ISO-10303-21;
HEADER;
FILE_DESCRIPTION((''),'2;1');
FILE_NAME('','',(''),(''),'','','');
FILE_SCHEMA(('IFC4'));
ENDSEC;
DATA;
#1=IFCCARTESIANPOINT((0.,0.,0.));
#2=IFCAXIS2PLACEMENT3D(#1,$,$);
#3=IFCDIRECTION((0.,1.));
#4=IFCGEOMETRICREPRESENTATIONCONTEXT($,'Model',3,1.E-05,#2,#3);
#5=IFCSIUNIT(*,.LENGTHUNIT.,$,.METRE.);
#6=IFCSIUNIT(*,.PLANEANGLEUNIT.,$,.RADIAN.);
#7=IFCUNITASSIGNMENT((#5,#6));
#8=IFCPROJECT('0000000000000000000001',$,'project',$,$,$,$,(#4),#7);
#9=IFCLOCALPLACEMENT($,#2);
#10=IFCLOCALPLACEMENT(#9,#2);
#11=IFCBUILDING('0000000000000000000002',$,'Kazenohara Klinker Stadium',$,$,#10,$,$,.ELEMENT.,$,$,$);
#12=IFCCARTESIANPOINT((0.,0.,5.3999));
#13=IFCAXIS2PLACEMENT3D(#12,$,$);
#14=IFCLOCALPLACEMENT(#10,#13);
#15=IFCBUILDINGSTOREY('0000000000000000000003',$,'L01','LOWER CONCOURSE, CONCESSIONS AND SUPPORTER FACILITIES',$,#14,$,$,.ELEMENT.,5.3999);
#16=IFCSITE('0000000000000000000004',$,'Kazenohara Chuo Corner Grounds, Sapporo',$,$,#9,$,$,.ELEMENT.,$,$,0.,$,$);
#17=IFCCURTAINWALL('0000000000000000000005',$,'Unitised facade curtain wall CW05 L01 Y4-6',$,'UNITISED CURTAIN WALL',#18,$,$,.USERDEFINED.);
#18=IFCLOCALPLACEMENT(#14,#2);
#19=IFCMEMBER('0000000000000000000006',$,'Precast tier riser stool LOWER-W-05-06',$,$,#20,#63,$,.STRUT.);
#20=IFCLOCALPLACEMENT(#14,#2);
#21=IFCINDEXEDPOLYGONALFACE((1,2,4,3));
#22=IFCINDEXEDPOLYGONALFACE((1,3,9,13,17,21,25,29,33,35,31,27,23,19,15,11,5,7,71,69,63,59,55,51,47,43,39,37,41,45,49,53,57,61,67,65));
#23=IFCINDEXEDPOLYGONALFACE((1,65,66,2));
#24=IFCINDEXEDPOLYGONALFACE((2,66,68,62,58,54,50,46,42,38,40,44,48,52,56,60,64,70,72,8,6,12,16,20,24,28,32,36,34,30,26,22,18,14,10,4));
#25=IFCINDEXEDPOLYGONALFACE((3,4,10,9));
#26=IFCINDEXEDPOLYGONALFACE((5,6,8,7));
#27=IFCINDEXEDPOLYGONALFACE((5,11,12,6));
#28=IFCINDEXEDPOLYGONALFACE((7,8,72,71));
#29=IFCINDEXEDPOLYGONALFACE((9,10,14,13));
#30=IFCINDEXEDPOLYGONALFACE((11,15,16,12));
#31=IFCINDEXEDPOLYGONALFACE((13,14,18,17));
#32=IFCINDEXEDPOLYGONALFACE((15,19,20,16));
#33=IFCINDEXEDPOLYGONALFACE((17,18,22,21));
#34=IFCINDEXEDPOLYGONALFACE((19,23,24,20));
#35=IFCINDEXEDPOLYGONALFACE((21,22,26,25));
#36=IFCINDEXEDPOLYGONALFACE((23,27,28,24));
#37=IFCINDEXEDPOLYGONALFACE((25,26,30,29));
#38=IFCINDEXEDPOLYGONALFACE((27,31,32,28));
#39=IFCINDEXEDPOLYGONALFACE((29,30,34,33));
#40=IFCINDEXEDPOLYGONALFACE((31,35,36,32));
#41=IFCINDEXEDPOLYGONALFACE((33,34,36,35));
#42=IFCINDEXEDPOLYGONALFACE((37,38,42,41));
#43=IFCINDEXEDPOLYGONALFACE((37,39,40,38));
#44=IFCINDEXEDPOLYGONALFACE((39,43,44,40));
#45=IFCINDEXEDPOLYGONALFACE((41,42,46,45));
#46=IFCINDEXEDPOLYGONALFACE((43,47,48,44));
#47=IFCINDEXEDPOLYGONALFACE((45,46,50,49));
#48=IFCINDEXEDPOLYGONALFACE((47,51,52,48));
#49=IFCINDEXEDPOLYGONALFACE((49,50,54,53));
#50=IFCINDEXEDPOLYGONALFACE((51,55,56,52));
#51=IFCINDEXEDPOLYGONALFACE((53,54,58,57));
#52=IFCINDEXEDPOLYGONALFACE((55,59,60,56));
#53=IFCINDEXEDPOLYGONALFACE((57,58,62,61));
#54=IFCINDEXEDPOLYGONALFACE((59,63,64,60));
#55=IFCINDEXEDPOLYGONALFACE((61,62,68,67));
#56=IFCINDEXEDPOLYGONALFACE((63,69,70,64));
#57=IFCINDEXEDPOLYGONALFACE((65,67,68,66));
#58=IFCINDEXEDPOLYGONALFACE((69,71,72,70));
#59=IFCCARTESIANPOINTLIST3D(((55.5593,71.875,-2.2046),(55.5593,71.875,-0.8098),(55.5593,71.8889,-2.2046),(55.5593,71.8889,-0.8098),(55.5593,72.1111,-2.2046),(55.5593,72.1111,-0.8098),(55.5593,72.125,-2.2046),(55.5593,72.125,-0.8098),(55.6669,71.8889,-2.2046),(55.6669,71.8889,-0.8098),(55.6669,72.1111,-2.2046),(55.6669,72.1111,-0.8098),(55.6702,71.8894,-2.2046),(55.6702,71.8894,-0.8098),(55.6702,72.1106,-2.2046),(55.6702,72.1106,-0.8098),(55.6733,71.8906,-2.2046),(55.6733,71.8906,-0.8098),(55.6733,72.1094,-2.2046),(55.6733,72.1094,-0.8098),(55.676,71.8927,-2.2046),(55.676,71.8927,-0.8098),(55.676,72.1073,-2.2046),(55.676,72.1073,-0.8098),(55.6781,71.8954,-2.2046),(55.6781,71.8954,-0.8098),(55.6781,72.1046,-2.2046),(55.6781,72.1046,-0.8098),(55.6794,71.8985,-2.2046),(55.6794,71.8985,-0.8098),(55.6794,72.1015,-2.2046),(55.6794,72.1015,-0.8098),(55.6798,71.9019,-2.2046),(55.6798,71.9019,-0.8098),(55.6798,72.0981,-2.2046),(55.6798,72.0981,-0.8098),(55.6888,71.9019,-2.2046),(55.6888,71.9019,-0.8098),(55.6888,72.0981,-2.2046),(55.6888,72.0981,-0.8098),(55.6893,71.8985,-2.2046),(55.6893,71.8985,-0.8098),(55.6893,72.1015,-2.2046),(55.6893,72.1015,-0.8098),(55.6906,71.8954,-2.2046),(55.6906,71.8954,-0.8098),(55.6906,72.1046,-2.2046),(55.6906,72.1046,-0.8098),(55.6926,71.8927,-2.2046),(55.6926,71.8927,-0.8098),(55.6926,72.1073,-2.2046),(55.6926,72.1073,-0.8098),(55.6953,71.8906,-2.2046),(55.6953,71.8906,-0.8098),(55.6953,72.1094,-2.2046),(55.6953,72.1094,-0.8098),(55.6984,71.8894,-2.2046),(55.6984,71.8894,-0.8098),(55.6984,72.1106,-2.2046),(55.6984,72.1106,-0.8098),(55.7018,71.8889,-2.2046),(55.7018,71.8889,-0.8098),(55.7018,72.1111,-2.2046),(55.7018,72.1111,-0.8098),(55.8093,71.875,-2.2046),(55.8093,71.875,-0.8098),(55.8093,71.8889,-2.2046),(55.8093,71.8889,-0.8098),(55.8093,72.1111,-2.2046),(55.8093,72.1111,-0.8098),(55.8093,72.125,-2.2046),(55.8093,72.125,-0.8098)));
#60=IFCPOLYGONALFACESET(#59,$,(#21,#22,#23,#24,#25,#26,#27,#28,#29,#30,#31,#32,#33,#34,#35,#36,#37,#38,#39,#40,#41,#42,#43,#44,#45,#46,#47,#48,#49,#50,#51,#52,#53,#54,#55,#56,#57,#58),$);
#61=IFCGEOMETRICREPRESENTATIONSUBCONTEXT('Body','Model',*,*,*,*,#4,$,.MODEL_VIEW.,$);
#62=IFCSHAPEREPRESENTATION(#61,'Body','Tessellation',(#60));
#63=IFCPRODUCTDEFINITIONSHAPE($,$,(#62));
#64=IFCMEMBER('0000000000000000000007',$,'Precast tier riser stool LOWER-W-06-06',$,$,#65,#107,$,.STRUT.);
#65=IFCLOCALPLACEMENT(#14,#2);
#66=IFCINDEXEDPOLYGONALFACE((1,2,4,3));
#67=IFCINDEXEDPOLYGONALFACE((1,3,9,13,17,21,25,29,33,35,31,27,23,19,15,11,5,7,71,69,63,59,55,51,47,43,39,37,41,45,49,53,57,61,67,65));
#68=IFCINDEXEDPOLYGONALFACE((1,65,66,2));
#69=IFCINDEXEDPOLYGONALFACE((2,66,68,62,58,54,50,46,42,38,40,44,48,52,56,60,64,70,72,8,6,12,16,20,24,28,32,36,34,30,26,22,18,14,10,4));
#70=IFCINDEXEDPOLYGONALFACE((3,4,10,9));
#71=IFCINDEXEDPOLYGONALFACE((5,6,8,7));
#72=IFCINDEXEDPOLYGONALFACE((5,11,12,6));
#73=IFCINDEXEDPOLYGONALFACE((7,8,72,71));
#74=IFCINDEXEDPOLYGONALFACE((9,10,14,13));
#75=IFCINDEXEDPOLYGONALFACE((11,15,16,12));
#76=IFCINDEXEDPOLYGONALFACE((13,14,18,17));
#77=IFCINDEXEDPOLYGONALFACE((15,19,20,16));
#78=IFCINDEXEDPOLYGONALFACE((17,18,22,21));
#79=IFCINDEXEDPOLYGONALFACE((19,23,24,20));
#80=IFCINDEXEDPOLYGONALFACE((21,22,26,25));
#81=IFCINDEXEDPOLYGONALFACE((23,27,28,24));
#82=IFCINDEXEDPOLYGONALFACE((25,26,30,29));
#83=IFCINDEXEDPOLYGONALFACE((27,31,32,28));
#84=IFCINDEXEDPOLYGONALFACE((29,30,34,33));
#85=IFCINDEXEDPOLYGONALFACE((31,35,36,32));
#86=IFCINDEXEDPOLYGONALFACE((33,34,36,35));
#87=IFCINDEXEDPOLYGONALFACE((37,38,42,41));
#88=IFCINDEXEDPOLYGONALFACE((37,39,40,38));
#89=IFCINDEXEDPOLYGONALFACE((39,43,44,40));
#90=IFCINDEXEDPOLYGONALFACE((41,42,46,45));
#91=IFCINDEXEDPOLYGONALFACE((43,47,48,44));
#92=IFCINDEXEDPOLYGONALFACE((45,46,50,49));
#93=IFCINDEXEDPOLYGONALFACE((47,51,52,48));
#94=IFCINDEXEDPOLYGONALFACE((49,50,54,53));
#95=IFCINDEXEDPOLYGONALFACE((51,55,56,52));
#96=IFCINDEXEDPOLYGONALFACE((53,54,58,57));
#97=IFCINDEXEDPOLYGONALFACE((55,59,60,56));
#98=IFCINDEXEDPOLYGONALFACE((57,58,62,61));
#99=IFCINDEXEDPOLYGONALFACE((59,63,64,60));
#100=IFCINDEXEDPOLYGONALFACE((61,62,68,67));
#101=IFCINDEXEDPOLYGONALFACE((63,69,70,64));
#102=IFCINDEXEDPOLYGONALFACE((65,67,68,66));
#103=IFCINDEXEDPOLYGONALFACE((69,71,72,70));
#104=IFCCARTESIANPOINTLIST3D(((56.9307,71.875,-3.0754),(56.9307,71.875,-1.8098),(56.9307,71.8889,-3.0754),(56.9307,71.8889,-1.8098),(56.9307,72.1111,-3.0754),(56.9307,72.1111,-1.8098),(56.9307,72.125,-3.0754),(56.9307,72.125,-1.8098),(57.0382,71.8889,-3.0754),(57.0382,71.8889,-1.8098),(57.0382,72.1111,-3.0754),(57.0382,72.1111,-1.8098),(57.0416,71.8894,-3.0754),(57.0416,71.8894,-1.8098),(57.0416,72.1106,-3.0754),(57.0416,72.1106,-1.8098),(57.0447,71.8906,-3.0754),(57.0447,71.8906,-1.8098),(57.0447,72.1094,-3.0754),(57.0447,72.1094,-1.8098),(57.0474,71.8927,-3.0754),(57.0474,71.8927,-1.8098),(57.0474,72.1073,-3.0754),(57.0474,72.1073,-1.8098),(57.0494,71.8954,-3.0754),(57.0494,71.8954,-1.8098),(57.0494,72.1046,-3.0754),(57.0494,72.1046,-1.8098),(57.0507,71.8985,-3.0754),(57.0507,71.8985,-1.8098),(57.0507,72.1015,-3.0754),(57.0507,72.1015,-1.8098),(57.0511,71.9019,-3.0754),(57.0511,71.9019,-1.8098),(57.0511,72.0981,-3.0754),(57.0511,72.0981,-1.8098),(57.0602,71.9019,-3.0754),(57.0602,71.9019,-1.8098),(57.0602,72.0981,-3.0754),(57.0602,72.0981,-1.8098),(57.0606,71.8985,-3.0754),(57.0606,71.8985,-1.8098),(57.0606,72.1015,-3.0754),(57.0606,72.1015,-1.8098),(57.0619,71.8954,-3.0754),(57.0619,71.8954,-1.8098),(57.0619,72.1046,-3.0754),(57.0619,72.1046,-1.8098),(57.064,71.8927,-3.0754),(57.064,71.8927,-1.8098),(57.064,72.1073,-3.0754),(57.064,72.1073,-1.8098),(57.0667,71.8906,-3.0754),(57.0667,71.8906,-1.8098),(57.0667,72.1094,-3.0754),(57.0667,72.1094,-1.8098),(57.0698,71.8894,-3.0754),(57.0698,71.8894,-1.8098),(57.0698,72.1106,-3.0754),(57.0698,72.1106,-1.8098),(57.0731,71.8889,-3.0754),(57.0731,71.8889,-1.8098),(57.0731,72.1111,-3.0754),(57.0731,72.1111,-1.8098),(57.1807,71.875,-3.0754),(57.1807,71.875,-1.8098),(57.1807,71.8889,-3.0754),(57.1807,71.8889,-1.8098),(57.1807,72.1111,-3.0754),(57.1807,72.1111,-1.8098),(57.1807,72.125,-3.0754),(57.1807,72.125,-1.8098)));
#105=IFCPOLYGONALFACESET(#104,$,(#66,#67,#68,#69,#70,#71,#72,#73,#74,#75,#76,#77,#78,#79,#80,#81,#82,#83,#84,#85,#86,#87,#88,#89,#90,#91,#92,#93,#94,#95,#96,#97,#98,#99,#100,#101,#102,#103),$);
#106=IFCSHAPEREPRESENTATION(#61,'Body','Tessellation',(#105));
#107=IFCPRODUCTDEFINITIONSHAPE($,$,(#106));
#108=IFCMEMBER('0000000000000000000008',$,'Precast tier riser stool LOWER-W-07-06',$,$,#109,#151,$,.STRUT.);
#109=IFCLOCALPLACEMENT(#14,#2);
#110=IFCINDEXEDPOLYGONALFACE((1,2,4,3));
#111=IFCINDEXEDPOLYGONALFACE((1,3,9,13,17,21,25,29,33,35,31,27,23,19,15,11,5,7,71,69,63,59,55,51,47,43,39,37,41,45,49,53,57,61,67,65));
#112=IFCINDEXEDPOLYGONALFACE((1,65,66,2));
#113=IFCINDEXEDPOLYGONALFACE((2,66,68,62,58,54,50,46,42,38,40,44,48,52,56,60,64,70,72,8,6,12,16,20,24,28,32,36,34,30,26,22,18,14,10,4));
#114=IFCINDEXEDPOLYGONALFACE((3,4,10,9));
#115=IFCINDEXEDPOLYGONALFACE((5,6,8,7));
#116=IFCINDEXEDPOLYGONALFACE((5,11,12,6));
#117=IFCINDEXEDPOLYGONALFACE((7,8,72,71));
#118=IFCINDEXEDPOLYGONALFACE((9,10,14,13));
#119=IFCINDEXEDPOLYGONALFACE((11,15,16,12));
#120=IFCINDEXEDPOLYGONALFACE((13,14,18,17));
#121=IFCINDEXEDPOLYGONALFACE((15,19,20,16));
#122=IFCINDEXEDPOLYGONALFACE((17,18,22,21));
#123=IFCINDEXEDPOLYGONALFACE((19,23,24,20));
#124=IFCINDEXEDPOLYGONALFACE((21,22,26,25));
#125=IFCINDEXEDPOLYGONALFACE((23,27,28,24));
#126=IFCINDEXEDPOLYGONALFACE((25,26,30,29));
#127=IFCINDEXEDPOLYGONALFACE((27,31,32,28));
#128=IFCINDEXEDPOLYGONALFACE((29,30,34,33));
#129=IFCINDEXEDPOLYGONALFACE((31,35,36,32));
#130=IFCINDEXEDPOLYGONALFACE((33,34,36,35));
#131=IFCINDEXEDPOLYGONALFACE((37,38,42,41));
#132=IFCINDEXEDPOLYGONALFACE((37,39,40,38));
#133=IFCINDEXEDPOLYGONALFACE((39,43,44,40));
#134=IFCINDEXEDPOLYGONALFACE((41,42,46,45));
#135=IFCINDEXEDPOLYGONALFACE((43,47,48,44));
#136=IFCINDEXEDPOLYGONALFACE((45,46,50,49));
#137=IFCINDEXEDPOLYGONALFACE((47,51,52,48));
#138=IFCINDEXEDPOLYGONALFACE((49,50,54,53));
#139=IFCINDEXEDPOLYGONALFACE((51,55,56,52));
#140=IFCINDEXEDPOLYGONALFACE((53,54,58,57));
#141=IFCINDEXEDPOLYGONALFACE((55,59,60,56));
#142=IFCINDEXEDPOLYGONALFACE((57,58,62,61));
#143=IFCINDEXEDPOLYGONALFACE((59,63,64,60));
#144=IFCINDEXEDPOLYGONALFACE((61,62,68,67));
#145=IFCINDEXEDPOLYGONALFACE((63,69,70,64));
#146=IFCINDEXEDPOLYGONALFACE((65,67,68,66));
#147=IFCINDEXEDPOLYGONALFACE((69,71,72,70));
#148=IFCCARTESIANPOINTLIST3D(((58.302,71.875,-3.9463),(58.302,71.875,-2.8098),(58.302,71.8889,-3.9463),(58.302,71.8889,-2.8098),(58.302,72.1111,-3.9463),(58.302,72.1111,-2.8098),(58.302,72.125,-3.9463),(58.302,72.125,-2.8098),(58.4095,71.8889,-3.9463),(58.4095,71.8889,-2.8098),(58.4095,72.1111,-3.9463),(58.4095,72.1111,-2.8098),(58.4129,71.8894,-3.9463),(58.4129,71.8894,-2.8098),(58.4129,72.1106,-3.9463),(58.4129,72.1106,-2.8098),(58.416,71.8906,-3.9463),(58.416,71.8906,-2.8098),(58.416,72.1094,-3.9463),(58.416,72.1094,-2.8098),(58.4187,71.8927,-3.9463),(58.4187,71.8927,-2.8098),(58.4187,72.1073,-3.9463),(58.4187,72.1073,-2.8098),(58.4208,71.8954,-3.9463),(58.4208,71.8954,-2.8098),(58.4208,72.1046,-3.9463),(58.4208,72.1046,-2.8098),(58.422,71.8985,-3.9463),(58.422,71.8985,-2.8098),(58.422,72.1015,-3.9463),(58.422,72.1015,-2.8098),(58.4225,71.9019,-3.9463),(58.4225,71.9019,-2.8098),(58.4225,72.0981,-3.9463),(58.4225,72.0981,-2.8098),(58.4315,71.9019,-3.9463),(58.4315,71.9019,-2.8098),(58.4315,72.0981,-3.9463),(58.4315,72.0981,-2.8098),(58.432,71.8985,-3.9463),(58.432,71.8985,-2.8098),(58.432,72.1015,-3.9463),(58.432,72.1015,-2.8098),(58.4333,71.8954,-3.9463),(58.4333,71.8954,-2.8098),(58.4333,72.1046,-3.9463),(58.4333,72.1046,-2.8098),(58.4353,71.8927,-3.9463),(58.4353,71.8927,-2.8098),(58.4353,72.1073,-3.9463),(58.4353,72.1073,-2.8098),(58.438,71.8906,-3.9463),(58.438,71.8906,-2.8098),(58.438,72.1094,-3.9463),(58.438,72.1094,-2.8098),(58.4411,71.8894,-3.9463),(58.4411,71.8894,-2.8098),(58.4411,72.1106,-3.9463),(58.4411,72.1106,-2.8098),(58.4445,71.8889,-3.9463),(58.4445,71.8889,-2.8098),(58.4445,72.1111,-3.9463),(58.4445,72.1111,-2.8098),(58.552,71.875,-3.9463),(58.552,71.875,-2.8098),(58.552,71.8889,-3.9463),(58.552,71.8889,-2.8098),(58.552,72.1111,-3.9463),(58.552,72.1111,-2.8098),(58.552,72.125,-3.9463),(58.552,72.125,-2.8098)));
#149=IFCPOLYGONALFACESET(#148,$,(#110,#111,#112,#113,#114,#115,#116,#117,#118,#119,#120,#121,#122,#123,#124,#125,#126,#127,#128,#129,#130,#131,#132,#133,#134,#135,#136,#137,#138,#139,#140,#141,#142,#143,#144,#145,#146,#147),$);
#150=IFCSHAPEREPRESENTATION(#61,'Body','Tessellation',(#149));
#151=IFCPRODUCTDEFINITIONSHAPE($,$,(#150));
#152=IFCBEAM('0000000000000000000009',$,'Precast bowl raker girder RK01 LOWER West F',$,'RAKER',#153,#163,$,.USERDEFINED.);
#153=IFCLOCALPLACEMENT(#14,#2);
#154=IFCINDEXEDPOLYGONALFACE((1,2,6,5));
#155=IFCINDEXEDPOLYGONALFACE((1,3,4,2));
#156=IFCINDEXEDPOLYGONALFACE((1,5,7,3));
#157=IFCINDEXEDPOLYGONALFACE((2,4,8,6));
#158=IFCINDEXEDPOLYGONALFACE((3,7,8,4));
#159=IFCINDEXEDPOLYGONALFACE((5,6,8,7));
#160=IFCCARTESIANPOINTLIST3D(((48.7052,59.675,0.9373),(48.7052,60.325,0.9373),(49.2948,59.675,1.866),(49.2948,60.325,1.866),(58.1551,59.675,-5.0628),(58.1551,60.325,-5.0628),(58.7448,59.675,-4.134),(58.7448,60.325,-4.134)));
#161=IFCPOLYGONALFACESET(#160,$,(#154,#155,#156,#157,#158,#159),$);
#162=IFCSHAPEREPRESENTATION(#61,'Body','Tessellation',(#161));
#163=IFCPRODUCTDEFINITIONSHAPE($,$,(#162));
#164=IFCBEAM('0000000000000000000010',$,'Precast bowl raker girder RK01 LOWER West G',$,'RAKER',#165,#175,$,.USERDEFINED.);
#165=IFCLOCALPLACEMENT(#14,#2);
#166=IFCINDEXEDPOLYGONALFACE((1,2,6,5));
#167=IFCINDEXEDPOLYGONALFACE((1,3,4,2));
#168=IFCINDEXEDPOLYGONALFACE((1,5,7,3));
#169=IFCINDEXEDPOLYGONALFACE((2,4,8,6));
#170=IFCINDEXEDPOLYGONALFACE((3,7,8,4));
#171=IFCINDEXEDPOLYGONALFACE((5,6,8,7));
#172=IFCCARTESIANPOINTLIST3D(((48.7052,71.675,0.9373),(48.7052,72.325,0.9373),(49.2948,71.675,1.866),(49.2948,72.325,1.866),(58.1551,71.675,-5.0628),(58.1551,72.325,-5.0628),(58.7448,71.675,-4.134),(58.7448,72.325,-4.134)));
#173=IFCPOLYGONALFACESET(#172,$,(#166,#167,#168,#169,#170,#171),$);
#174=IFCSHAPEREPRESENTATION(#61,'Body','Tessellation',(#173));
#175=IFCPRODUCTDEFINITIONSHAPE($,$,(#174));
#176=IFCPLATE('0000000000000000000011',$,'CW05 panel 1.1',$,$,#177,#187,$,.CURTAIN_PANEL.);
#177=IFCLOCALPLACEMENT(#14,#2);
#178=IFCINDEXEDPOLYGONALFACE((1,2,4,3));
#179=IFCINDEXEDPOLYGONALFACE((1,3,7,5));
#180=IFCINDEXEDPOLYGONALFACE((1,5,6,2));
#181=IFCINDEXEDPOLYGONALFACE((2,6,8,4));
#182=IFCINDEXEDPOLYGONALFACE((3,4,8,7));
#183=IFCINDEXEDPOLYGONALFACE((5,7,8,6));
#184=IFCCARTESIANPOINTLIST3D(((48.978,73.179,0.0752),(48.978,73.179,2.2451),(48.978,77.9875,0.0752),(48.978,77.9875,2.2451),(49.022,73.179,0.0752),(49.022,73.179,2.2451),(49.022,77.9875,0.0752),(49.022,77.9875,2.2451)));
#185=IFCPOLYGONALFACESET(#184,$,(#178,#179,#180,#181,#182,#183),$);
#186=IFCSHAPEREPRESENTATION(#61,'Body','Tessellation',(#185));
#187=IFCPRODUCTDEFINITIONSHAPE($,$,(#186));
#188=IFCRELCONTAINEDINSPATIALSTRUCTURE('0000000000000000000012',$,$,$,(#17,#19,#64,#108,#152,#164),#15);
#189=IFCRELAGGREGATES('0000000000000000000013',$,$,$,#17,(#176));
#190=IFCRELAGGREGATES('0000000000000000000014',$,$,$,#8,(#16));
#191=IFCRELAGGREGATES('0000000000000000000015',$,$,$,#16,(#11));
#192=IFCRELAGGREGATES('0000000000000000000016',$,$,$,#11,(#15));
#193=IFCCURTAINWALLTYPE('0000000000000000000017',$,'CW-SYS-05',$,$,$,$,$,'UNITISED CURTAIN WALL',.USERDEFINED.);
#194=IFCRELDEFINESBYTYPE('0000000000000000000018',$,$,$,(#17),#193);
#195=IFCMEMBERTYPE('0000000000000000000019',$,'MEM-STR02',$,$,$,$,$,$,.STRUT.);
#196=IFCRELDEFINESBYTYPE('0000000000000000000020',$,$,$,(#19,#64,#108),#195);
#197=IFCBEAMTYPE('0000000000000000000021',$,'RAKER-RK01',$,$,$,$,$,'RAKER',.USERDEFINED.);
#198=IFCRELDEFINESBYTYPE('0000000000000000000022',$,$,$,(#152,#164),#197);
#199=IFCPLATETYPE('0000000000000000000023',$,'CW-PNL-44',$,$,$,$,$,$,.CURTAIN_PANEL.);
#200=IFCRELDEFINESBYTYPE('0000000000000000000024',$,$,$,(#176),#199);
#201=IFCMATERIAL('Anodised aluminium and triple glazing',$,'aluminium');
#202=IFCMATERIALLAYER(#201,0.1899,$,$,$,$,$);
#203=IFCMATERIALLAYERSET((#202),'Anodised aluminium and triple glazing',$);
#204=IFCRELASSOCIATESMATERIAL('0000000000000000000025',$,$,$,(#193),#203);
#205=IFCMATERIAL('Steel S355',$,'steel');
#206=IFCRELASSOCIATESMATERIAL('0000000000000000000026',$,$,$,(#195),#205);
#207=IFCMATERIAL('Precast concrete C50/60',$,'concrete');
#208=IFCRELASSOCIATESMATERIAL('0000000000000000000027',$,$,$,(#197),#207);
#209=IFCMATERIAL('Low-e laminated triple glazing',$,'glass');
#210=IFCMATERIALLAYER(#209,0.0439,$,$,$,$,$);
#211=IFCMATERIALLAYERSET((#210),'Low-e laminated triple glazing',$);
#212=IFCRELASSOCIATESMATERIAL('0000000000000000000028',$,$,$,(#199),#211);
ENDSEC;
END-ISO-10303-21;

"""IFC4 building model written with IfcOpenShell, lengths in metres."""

from ifc_helpers import new_model, si_unit, direction, frame, origin, origin_2d, place, context, subcontext, project, spatial, rectangle, i_section, extrude, material, layer, layer_set, material_profile, profile_set, type_object, element, aggregate, save


model = new_model("IFC4")

# Units and contexts
model_context = context("Model", 3, precision=1e-05, world=origin(), true_north=direction((0.0, 1.0)))
body_context = subcontext(model_context, "Body", "Model", "MODEL_VIEW")
ifc_project = project(units=[si_unit("LENGTHUNIT", "METRE"), si_unit("PLANEANGLEUNIT", "RADIAN")], contexts=[model_context])

# Site, building, storey
site_placement = place(None, origin())
site = spatial("IfcSite", under=ifc_project, at=site_placement, Name="Kazenohara Chuo Corner Grounds, Sapporo", CompositionType="ELEMENT", RefElevation=0.0)
building_placement = place(site_placement, origin())
building = spatial("IfcBuilding", under=site, at=building_placement, Name="Kazenohara Klinker Stadium", CompositionType="ELEMENT")
storey_placement = place(building_placement, frame((0.0, 0.0, 5.3999)))
storey = spatial("IfcBuildingStorey", under=building, at=storey_placement, Name="L01", Description="LOWER CONCOURSE, CONCESSIONS AND SUPPORTER FACILITIES", CompositionType="ELEMENT", Elevation=5.3999)

# Shared definitions
ifc_material_1 = material(Name="Steel S355", Category="steel")

# Curtain wall
ifc_material_2 = material(Name="Anodised aluminium and triple glazing", Category="aluminium")
ifc_layer_1 = layer(ifc_material_2, 0.1899)
ifc_layer_set_1 = layer_set([ifc_layer_1], Name="Anodised aluminium and triple glazing")
curtain_wall_type = type_object("IfcCurtainWallType", Name="CW-SYS-05", ElementType="UNITISED CURTAIN WALL", PredefinedType="USERDEFINED", material=ifc_layer_set_1)
curtain_wall_placement = place(storey_placement, origin())
curtain_wall = element("IfcCurtainWall", 1, at=curtain_wall_placement, inside=storey, type_object=curtain_wall_type, Name="Unitised facade curtain wall CW05 L01 Y4-6", ObjectType="UNITISED CURTAIN WALL", PredefinedType="USERDEFINED")

# Members
ifc_material_profile_1 = material_profile(ifc_material_1, i_section(OverallWidth=0.25, OverallDepth=0.25, WebThickness=0.009, FlangeThickness=0.0139, FilletRadius=0.0129, at=origin_2d()), Name="H-250x250x9x14")
ifc_profile_set_1 = profile_set([ifc_material_profile_1], Name="Steel S355")
member_type_1 = type_object("IfcMemberType", Name="MEM-STR02", PredefinedType="STRUT", material=ifc_profile_set_1)
member_1_placement = place(storey_placement, frame((55.6843, 72.0, -2.2046), z_axis=(0.0, 0.0, 1.0), x_axis=(1.0, 0.0, 0.0)))
element("IfcMember", 2, at=member_1_placement, inside=storey, type_object=member_type_1, Name="Precast tier riser stool LOWER-W-05-06", PredefinedType="STRUT", context=body_context, shape_type="SweptSolid", body=[
    extrude(i_section(OverallWidth=0.25, OverallDepth=0.25, WebThickness=0.009, FlangeThickness=0.0139, FilletRadius=0.0129, at=origin_2d()), origin(), (0.0, 0.0, 1.0), 1.3948),
])
member_2_placement = place(storey_placement, frame((57.0557, 72.0, -3.0754), z_axis=(0.0, 0.0, 1.0), x_axis=(1.0, 0.0, 0.0)))
element("IfcMember", 3, at=member_2_placement, inside=storey, type_object=member_type_1, Name="Precast tier riser stool LOWER-W-06-06", PredefinedType="STRUT", context=body_context, shape_type="SweptSolid", body=[
    extrude(i_section(OverallWidth=0.25, OverallDepth=0.25, WebThickness=0.009, FlangeThickness=0.0139, FilletRadius=0.0129, at=origin_2d()), origin(), (0.0, 0.0, 1.0), 1.2656),
])
member_3_placement = place(storey_placement, frame((58.427, 72.0, -3.9463), z_axis=(0.0, 0.0, 1.0), x_axis=(1.0, 0.0, 0.0)))
element("IfcMember", 4, at=member_3_placement, inside=storey, type_object=member_type_1, Name="Precast tier riser stool LOWER-W-07-06", PredefinedType="STRUT", context=body_context, shape_type="SweptSolid", body=[
    extrude(i_section(OverallWidth=0.25, OverallDepth=0.25, WebThickness=0.009, FlangeThickness=0.0139, FilletRadius=0.0129, at=origin_2d()), origin(), (0.0, 0.0, 1.0), 1.1365),
])

# Beams
ifc_material_3 = material(Name="Precast concrete C50/60", Category="concrete")
ifc_material_profile_2 = material_profile(ifc_material_3, rectangle(XDim=0.6499, YDim=1.1001, at=origin_2d()), Name="PC-RAKER-650x1100")
ifc_profile_set_2 = profile_set([ifc_material_profile_2], Name="Precast concrete C50/60")
beam_type_1 = type_object("IfcBeamType", Name="RAKER-RK01", ElementType="RAKER", PredefinedType="USERDEFINED", material=ifc_profile_set_2)
for number, where, z_axis, x_axis, name in (
    (5, (49.0, 60.0, 1.4016), (0.844212, 0.0, -0.53601), (0.0, 1.0, 0.0), "Precast bowl raker girder RK01 LOWER West F"),
    (6, (49.0, 72.0, 1.4016), (0.844212, 0.0, -0.53601), (0.0, 1.0, 0.0), "Precast bowl raker girder RK01 LOWER West G"),
):
    element("IfcBeam", number, at=place(storey_placement, frame(where, z_axis=z_axis, x_axis=x_axis)), inside=storey, type_object=beam_type_1, Name=name, ObjectType="RAKER", PredefinedType="USERDEFINED", context=body_context, shape_type="SweptSolid", body=[
        extrude(rectangle(XDim=0.6499, YDim=1.1001, at=origin_2d()), origin(), (0.0, 0.0, 1.0), 11.1938),
    ])

# Plate
ifc_material_4 = material(Name="Low-e laminated triple glazing", Category="glass")
ifc_layer_2 = layer(ifc_material_4, 0.0439)
ifc_layer_set_2 = layer_set([ifc_layer_2], Name="Low-e laminated triple glazing")
plate_type = type_object("IfcPlateType", Name="CW-PNL-44", PredefinedType="CURTAIN_PANEL", material=ifc_layer_set_2)
plate_placement = place(storey_placement, frame((49.0, 75.5833, 0.0752), z_axis=(0.0, 0.0, 1.0), x_axis=(0.0, 1.0, 0.0)))
plate = element("IfcPlate", 7, at=plate_placement, type_object=plate_type, Name="CW05 panel 1.1", PredefinedType="CURTAIN_PANEL", context=body_context, shape_type="SweptSolid", body=[
    extrude(rectangle(XDim=4.8086, YDim=0.0439, at=origin_2d()), origin(), (0.0, 0.0, 1.0), 2.1699),
])
aggregate(curtain_wall, [plate])

save(model, "model.ifc")
